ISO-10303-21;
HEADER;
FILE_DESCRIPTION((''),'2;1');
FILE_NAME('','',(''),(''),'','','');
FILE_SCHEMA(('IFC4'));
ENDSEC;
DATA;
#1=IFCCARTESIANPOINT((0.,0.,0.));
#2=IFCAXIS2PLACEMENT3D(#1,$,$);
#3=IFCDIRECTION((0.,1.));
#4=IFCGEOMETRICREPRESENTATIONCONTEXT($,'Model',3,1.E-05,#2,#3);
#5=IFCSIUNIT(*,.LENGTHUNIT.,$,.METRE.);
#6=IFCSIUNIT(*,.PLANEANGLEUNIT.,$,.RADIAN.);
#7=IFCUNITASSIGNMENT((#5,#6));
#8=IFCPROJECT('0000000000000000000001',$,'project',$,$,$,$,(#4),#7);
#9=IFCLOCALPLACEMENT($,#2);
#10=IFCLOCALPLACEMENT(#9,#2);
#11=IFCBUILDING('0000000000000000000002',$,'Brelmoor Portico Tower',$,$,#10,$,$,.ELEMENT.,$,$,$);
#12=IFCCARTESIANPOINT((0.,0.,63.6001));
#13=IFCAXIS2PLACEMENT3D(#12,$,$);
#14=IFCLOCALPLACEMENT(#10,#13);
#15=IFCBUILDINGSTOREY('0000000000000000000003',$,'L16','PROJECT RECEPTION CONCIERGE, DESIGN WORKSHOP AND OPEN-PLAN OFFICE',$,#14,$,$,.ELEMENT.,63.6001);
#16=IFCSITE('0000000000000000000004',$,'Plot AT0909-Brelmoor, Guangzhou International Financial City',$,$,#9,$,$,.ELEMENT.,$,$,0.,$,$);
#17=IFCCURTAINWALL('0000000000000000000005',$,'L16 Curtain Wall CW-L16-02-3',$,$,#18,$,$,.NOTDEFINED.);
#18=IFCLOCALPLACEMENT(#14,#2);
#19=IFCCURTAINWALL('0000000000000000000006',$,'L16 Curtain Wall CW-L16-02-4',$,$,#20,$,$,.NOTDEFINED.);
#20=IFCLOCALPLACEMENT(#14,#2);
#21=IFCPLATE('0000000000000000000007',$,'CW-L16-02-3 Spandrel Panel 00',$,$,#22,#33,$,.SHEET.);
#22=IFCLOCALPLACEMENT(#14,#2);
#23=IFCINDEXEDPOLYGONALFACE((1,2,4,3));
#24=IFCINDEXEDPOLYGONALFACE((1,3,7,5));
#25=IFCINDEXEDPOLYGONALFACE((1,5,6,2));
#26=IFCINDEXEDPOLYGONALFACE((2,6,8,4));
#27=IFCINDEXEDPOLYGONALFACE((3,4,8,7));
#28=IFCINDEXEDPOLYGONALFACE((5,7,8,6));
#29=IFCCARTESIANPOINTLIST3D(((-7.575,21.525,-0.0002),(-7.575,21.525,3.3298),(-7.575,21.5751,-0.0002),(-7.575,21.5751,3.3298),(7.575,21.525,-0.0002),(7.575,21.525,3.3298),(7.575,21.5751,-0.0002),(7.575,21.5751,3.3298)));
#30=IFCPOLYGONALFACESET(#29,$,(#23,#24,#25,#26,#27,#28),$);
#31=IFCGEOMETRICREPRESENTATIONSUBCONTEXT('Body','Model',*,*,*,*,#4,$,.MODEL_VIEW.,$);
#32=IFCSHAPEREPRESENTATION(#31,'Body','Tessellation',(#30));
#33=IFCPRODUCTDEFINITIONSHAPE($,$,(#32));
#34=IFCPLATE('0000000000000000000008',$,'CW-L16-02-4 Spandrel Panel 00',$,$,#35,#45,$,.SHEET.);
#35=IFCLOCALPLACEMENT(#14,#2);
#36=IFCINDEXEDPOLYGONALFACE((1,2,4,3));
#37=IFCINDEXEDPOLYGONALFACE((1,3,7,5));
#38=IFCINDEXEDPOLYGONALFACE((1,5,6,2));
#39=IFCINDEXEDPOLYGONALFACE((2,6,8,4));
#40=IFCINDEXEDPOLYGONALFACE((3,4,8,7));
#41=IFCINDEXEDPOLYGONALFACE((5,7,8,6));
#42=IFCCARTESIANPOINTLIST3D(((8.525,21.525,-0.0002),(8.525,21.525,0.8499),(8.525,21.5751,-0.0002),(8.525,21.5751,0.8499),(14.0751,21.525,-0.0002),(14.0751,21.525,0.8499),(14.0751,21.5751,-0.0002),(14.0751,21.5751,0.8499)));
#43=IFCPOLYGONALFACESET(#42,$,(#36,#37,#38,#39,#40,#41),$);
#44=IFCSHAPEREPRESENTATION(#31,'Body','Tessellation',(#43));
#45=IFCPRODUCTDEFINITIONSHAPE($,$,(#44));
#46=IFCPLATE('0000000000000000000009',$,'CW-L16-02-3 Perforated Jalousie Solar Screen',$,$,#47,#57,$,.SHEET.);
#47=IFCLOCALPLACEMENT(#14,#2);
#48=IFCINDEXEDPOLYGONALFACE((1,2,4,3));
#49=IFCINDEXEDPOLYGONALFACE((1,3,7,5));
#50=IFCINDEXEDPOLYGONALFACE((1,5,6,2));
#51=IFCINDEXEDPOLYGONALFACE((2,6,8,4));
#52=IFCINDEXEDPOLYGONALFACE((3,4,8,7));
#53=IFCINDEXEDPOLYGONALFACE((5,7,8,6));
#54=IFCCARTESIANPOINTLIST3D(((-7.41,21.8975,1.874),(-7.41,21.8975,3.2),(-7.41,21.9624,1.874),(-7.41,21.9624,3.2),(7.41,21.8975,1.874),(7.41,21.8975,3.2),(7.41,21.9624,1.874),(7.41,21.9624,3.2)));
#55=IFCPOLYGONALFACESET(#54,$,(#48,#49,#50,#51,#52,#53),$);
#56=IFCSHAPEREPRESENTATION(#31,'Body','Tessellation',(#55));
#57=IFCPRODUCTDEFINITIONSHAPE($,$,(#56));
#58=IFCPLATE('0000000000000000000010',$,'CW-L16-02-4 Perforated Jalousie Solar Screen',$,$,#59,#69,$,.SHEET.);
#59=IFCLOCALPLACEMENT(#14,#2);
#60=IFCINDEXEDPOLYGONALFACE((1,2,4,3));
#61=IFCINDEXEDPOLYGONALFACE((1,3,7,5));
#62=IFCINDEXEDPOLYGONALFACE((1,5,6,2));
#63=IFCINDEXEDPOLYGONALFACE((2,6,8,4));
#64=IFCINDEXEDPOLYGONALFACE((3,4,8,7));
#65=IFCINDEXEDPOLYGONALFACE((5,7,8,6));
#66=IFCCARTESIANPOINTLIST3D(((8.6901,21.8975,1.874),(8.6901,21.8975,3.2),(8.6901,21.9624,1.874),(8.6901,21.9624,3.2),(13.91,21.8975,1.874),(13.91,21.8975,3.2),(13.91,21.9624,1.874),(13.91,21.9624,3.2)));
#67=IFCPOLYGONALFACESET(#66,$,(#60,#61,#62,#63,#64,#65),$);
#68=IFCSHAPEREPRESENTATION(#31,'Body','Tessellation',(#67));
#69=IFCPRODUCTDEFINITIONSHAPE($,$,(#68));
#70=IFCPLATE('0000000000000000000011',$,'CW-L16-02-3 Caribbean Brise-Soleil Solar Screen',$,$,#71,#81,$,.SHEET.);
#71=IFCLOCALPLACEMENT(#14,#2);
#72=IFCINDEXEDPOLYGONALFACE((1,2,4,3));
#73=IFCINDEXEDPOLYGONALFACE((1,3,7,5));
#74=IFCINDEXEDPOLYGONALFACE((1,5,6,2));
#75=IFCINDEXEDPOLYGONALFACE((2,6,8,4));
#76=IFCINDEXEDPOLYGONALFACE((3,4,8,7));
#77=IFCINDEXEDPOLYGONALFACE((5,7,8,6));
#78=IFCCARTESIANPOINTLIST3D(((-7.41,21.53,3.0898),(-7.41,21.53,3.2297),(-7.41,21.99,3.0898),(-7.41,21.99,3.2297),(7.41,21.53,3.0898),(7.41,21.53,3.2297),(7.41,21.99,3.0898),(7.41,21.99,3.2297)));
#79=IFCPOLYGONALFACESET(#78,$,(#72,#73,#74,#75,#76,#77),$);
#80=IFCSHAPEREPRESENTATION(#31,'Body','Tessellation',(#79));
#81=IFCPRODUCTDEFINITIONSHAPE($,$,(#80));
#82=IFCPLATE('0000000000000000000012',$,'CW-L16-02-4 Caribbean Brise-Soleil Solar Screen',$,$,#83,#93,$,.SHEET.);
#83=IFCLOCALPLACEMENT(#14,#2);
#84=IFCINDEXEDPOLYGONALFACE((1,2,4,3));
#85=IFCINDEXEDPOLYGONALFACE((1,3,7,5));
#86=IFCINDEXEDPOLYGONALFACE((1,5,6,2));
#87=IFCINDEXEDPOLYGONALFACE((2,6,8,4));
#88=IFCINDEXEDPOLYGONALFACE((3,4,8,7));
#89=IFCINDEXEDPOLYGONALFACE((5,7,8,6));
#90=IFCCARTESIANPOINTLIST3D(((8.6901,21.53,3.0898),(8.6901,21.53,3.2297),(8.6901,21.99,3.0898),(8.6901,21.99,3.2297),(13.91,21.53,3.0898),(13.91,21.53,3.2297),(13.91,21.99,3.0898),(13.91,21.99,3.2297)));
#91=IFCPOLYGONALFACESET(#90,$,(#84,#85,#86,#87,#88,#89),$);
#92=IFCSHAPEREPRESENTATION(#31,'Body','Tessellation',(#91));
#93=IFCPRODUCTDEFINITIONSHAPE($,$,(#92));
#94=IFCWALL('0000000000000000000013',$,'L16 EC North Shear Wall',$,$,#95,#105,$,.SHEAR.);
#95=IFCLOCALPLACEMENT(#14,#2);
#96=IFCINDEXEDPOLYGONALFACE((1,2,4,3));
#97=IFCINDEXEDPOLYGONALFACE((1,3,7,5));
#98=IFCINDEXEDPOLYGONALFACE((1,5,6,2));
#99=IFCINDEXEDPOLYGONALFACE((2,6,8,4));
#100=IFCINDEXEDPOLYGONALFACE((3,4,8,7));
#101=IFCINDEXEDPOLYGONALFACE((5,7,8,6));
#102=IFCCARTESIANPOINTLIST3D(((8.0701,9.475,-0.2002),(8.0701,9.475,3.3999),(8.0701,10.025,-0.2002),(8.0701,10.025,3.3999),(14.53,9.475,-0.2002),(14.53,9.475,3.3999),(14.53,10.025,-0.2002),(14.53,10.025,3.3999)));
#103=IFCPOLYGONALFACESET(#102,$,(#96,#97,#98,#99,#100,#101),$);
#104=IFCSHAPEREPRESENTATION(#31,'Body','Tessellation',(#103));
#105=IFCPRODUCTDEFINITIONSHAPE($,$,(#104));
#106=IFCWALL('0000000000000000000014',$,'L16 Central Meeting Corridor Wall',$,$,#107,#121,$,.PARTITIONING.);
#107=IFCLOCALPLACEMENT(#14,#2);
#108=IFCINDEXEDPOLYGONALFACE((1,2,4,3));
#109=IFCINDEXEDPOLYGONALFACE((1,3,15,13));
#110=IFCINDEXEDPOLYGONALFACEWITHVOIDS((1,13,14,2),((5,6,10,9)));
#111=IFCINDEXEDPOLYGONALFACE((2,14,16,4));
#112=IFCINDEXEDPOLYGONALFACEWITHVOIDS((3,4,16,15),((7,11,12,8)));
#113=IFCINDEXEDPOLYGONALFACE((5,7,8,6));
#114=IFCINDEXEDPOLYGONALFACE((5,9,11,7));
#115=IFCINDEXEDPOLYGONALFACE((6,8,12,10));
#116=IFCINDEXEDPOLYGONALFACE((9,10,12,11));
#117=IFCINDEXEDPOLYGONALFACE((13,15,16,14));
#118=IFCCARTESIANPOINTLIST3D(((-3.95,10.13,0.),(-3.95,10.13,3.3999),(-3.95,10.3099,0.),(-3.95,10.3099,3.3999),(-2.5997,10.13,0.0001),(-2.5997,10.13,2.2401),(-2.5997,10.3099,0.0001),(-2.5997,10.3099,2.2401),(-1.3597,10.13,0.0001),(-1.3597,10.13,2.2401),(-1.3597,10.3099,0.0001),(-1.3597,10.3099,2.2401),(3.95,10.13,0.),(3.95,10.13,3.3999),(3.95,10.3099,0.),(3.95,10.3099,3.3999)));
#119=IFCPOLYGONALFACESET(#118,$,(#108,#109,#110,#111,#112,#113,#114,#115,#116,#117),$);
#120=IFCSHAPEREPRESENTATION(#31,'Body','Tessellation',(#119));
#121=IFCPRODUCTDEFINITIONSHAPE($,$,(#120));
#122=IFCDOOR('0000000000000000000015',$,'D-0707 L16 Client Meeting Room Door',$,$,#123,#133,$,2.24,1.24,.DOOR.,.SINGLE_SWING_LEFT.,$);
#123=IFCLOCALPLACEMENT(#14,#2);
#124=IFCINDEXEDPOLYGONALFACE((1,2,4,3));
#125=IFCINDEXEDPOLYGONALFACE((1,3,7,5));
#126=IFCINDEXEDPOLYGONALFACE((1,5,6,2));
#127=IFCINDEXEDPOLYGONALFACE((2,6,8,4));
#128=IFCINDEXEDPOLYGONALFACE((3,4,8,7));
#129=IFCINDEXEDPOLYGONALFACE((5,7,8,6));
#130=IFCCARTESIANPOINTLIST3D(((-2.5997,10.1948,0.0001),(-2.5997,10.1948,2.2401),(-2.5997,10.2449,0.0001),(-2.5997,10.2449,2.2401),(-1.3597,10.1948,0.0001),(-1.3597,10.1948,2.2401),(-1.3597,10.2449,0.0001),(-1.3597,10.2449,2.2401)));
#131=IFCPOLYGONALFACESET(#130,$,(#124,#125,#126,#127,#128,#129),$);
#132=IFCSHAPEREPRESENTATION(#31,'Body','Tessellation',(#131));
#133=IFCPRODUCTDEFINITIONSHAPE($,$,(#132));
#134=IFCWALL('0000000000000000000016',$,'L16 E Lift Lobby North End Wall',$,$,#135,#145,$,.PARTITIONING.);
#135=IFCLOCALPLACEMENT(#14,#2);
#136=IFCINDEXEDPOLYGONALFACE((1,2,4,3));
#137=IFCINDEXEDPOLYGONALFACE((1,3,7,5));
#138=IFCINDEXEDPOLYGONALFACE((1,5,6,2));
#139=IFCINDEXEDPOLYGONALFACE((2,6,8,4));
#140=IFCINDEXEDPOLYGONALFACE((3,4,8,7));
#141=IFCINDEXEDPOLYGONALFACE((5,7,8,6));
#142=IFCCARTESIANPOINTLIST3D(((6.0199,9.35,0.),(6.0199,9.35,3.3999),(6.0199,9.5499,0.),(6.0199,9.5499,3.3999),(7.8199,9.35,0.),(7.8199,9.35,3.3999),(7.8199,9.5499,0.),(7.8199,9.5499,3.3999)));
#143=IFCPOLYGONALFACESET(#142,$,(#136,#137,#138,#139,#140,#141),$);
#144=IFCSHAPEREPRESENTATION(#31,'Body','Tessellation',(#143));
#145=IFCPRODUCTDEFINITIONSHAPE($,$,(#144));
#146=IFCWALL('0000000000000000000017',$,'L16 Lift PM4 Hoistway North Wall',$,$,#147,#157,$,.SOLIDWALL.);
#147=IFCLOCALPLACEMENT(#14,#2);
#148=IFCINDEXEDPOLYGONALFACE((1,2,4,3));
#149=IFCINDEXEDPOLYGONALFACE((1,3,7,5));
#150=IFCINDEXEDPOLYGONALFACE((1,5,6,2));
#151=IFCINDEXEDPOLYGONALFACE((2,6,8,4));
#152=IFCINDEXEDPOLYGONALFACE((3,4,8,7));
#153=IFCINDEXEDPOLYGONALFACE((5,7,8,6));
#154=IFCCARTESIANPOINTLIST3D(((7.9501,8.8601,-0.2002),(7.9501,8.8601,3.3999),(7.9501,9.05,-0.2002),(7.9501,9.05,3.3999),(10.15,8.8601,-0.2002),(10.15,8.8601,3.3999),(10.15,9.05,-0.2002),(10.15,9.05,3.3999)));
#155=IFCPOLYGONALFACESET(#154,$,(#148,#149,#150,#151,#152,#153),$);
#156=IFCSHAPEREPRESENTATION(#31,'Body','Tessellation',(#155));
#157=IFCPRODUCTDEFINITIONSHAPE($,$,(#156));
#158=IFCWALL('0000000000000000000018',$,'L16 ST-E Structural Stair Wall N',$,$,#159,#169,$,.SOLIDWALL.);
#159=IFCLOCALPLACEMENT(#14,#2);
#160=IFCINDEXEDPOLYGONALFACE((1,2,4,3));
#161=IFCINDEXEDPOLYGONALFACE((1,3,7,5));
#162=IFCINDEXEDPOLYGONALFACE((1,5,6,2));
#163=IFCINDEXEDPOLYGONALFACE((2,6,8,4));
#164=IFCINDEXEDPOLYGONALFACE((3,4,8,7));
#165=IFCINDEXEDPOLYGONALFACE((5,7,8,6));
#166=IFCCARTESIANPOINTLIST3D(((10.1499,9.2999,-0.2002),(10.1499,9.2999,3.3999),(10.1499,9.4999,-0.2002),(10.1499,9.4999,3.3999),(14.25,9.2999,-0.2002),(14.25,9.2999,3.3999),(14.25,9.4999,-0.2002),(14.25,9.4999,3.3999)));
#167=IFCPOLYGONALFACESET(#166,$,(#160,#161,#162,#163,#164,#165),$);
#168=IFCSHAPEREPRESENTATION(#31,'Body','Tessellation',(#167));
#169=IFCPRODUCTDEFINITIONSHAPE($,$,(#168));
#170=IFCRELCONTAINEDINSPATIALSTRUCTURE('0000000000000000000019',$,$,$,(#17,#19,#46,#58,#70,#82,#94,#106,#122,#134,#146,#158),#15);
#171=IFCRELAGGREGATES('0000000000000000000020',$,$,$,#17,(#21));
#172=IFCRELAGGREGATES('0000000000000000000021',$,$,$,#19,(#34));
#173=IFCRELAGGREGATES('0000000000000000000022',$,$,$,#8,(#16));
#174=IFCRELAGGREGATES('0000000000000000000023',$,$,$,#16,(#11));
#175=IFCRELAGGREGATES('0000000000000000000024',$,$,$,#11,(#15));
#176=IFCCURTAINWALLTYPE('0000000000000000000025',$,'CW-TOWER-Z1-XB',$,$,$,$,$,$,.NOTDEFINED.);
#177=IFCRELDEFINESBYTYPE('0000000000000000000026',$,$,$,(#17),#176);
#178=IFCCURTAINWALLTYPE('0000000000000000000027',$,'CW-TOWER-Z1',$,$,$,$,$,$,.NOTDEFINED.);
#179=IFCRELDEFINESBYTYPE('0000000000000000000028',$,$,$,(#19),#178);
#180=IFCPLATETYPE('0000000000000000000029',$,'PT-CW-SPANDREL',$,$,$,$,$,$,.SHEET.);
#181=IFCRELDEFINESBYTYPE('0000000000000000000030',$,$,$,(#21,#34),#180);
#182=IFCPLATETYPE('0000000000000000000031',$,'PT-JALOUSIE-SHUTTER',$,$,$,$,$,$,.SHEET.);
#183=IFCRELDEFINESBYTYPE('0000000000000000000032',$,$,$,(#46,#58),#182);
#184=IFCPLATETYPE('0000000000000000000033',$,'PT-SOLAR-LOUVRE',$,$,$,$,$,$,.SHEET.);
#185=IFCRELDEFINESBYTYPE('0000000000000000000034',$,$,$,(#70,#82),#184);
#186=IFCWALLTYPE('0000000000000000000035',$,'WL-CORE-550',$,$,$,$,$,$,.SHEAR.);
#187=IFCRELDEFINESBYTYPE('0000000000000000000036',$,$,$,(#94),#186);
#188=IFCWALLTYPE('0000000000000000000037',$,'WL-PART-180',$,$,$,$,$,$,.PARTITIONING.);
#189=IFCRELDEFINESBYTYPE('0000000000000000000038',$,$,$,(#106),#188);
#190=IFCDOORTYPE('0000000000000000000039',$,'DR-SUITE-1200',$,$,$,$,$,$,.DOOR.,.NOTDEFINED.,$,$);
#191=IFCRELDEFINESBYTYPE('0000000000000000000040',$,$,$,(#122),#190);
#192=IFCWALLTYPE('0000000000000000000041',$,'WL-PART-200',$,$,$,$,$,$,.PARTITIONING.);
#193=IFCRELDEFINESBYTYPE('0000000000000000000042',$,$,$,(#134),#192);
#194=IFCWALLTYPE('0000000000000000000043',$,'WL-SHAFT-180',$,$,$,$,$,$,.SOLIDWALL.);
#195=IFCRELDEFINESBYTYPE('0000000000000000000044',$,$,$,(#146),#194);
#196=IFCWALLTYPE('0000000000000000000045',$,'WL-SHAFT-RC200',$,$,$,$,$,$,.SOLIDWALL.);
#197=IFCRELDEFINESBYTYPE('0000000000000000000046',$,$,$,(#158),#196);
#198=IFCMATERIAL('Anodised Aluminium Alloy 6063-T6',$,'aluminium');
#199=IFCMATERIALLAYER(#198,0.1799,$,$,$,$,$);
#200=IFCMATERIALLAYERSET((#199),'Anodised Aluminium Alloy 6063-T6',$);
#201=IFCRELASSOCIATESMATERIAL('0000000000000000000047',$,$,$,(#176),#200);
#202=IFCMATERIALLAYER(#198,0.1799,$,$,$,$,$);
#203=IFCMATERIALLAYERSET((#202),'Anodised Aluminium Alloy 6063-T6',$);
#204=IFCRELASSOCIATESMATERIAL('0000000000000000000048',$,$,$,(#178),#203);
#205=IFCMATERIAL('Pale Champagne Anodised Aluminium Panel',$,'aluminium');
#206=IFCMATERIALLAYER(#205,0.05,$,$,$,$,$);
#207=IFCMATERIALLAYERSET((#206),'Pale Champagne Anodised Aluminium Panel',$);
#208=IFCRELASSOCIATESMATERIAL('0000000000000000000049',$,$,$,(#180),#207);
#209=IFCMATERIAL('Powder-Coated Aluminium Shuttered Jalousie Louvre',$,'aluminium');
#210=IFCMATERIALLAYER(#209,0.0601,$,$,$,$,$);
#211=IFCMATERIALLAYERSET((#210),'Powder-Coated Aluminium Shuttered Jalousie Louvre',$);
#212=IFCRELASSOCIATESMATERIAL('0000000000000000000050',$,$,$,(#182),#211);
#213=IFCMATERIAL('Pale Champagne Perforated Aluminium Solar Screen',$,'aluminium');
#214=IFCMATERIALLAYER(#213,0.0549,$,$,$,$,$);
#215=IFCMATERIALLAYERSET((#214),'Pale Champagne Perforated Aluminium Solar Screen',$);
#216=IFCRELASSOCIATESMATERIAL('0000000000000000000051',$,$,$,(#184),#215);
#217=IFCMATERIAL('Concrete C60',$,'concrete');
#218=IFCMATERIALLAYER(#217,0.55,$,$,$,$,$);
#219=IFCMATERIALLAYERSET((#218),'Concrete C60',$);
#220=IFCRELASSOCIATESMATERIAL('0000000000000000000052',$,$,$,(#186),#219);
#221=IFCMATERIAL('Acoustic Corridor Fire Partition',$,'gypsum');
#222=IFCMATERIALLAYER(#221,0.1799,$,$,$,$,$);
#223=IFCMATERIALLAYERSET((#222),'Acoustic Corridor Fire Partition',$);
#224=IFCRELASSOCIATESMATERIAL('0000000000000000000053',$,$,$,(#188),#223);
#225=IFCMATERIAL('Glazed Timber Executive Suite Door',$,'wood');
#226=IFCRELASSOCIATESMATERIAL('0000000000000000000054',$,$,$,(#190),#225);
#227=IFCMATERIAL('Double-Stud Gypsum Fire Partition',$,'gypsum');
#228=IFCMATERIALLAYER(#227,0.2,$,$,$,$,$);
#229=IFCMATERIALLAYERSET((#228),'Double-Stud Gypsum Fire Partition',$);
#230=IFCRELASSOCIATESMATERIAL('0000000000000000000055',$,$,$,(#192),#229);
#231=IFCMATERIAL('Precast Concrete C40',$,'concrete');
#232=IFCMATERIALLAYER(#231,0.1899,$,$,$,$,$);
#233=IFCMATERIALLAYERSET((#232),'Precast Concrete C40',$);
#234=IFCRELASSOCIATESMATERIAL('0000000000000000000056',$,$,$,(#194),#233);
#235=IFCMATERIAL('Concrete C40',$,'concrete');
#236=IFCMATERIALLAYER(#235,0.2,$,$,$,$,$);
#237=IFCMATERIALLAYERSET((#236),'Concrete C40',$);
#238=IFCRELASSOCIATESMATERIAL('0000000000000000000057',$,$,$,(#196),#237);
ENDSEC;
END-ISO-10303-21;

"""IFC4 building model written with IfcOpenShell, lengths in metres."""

from ifc_helpers import new_model, si_unit, direction, frame, frame_2d, origin, origin_2d, place, context, subcontext, project, spatial, rectangle, extrude, material, layer, layer_set, type_object, element, fill, aggregate, save


model = new_model("IFC4")

# Units and contexts
model_context = context("Model", 3, precision=1e-05, world=origin(), true_north=direction((0.0, 1.0)))
body_context = subcontext(model_context, "Body", "Model", "MODEL_VIEW")
ifc_project = project(units=[si_unit("LENGTHUNIT", "METRE"), si_unit("PLANEANGLEUNIT", "RADIAN")], contexts=[model_context])

# Site, building, storey
site_placement = place(None, origin())
site = spatial("IfcSite", under=ifc_project, at=site_placement, Name="Plot AT0909-Brelmoor, Guangzhou International Financial City", CompositionType="ELEMENT", RefElevation=0.0)
building_placement = place(site_placement, origin())
building = spatial("IfcBuilding", under=site, at=building_placement, Name="Brelmoor Portico Tower", CompositionType="ELEMENT")
storey_placement = place(building_placement, frame((0.0, 0.0, 63.6001)))
storey = spatial("IfcBuildingStorey", under=building, at=storey_placement, Name="L16", Description="PROJECT RECEPTION CONCIERGE, DESIGN WORKSHOP AND OPEN-PLAN OFFICE", CompositionType="ELEMENT", Elevation=63.6001)

# Curtain wall
ifc_material_1 = material(Name="Anodised Aluminium Alloy 6063-T6", Category="aluminium")
ifc_layer_1 = layer(ifc_material_1, 0.1799)
ifc_layer_set_1 = layer_set([ifc_layer_1], Name="Anodised Aluminium Alloy 6063-T6")
curtain_wall_type_1 = type_object("IfcCurtainWallType", Name="CW-TOWER-Z1-XB", PredefinedType="NOTDEFINED", material=ifc_layer_set_1)
curtain_wall_1_placement = place(storey_placement, origin())
curtain_wall_1 = element("IfcCurtainWall", 1, at=curtain_wall_1_placement, inside=storey, type_object=curtain_wall_type_1, Name="L16 Curtain Wall CW-L16-02-3", PredefinedType="NOTDEFINED")

# Curtain wall
ifc_layer_2 = layer(ifc_material_1, 0.1799)
ifc_layer_set_2 = layer_set([ifc_layer_2], Name="Anodised Aluminium Alloy 6063-T6")
curtain_wall_type_2 = type_object("IfcCurtainWallType", Name="CW-TOWER-Z1", PredefinedType="NOTDEFINED", material=ifc_layer_set_2)
curtain_wall_2_placement = place(storey_placement, origin())
curtain_wall_2 = element("IfcCurtainWall", 2, at=curtain_wall_2_placement, inside=storey, type_object=curtain_wall_type_2, Name="L16 Curtain Wall CW-L16-02-4", PredefinedType="NOTDEFINED")

# Plates
ifc_material_2 = material(Name="Pale Champagne Anodised Aluminium Panel", Category="aluminium")
ifc_layer_3 = layer(ifc_material_2, 0.05)
ifc_layer_set_3 = layer_set([ifc_layer_3], Name="Pale Champagne Anodised Aluminium Panel")
plate_type_1 = type_object("IfcPlateType", Name="PT-CW-SPANDREL", PredefinedType="SHEET", material=ifc_layer_set_3)
plate_1_placement = place(storey_placement, frame((0.0, 21.55, -0.0002), z_axis=(0.0, 0.0, 1.0), x_axis=(1.0, 0.0, 0.0)))
plate_1 = element("IfcPlate", 3, at=plate_1_placement, type_object=plate_type_1, Name="CW-L16-02-3 Spandrel Panel 00", PredefinedType="SHEET", context=body_context, shape_type="SweptSolid", body=[
    extrude(rectangle(XDim=15.1499, YDim=0.05, at=origin_2d()), origin(), (0.0, 0.0, 1.0), 3.3301),
])
aggregate(curtain_wall_1, [plate_1])
plate_2_placement = place(storey_placement, frame((11.3, 21.55, -0.0002), z_axis=(0.0, 0.0, 1.0), x_axis=(1.0, 0.0, 0.0)))
plate_2 = element("IfcPlate", 4, at=plate_2_placement, type_object=plate_type_1, Name="CW-L16-02-4 Spandrel Panel 00", PredefinedType="SHEET", context=body_context, shape_type="SweptSolid", body=[
    extrude(rectangle(XDim=5.55, YDim=0.05, at=origin_2d()), origin(), (0.0, 0.0, 1.0), 0.8501),
])
aggregate(curtain_wall_2, [plate_2])

# Plates
ifc_material_3 = material(Name="Powder-Coated Aluminium Shuttered Jalousie Louvre", Category="aluminium")
ifc_layer_4 = layer(ifc_material_3, 0.0601)
ifc_layer_set_4 = layer_set([ifc_layer_4], Name="Powder-Coated Aluminium Shuttered Jalousie Louvre")
plate_type_2 = type_object("IfcPlateType", Name="PT-JALOUSIE-SHUTTER", PredefinedType="SHEET", material=ifc_layer_set_4)
plate_3_placement = place(storey_placement, frame((0.0, 21.9299, 1.874), z_axis=(0.0, 0.0, 1.0), x_axis=(1.0, 0.0, 0.0)))
element("IfcPlate", 5, at=plate_3_placement, inside=storey, type_object=plate_type_2, Name="CW-L16-02-3 Perforated Jalousie Solar Screen", PredefinedType="SHEET", context=body_context, shape_type="SweptSolid", body=[
    extrude(rectangle(XDim=14.8201, YDim=0.0649, at=origin_2d()), origin(), (0.0, 0.0, 1.0), 1.3259),
])
plate_4_placement = place(storey_placement, frame((11.3, 21.9299, 1.874), z_axis=(0.0, 0.0, 1.0), x_axis=(1.0, 0.0, 0.0)))
element("IfcPlate", 6, at=plate_4_placement, inside=storey, type_object=plate_type_2, Name="CW-L16-02-4 Perforated Jalousie Solar Screen", PredefinedType="SHEET", context=body_context, shape_type="SweptSolid", body=[
    extrude(rectangle(XDim=5.22, YDim=0.0649, at=origin_2d()), origin(), (0.0, 0.0, 1.0), 1.3259),
])
ifc_material_4 = material(Name="Pale Champagne Perforated Aluminium Solar Screen", Category="aluminium")
ifc_layer_5 = layer(ifc_material_4, 0.0549)
ifc_layer_set_5 = layer_set([ifc_layer_5], Name="Pale Champagne Perforated Aluminium Solar Screen")
plate_type_3 = type_object("IfcPlateType", Name="PT-SOLAR-LOUVRE", PredefinedType="SHEET", material=ifc_layer_set_5)
plate_5_placement = place(storey_placement, frame((0.0, 21.76, 3.0898), z_axis=(0.0, 0.0, 1.0), x_axis=(1.0, 0.0, 0.0)))
element("IfcPlate", 7, at=plate_5_placement, inside=storey, type_object=plate_type_3, Name="CW-L16-02-3 Caribbean Brise-Soleil Solar Screen", PredefinedType="SHEET", context=body_context, shape_type="SweptSolid", body=[
    extrude(rectangle(XDim=14.8201, YDim=0.46, at=origin_2d()), origin(), (0.0, 0.0, 1.0), 0.1399),
])
plate_6_placement = place(storey_placement, frame((11.3, 21.76, 3.0898), z_axis=(0.0, 0.0, 1.0), x_axis=(1.0, 0.0, 0.0)))
element("IfcPlate", 8, at=plate_6_placement, inside=storey, type_object=plate_type_3, Name="CW-L16-02-4 Caribbean Brise-Soleil Solar Screen", PredefinedType="SHEET", context=body_context, shape_type="SweptSolid", body=[
    extrude(rectangle(XDim=5.22, YDim=0.46, at=origin_2d()), origin(), (0.0, 0.0, 1.0), 0.1399),
])

# Wall
ifc_material_5 = material(Name="Concrete C60", Category="concrete")
ifc_layer_6 = layer(ifc_material_5, 0.55)
ifc_layer_set_6 = layer_set([ifc_layer_6], Name="Concrete C60")
wall_type_1 = type_object("IfcWallType", Name="WL-CORE-550", PredefinedType="SHEAR", material=ifc_layer_set_6)
wall_1_placement = place(storey_placement, frame((8.0701, 9.75, -0.2002), z_axis=(0.0, 0.0, 1.0), x_axis=(1.0, 0.0, 0.0)))
element("IfcWall", 9, at=wall_1_placement, inside=storey, type_object=wall_type_1, Name="L16 EC North Shear Wall", PredefinedType="SHEAR", context=body_context, shape_type="SweptSolid", body=[
    extrude(rectangle(XDim=6.46, YDim=0.55, at=frame_2d((3.23, 0.0))), origin(), (0.0, 0.0, 1.0), 3.6001),
])

# Wall, opening, door
ifc_material_6 = material(Name="Acoustic Corridor Fire Partition", Category="gypsum")
ifc_layer_7 = layer(ifc_material_6, 0.1799)
ifc_layer_set_7 = layer_set([ifc_layer_7], Name="Acoustic Corridor Fire Partition")
wall_type_2 = type_object("IfcWallType", Name="WL-PART-180", PredefinedType="PARTITIONING", material=ifc_layer_set_7)
wall_2_placement = place(storey_placement, frame((-3.95, 10.22, 0.0), z_axis=(0.0, 0.0, 1.0), x_axis=(1.0, 0.0, 0.0)))
wall_2 = element("IfcWall", 10, at=wall_2_placement, inside=storey, type_object=wall_type_2, Name="L16 Central Meeting Corridor Wall", PredefinedType="PARTITIONING", context=body_context, shape_type="SweptSolid", body=[
    extrude(rectangle(XDim=7.8999, YDim=0.1799, at=frame_2d((3.95, 0.0))), origin(), (0.0, 0.0, 1.0), 3.3999),
])
opening_placement = place(wall_2_placement, frame((1.3501, 0.0, 0.0)))
opening = element("IfcOpeningElement", 11, at=opening_placement, cuts=wall_2, PredefinedType="OPENING", context=body_context, shape_type="SweptSolid", body=[
    extrude(rectangle(XDim=1.24, YDim=2.24, at=frame_2d((0.6201, 1.1201))), frame((0.0, 0.0999, 0.0), z_axis=(0.0, -1.0, 0.0), x_axis=(1.0, 0.0, 0.0)), (0.0, 0.0, 1.0), 0.2),
])
ifc_material_7 = material(Name="Glazed Timber Executive Suite Door", Category="wood")
door_type = type_object("IfcDoorType", Name="DR-SUITE-1200", OperationType="NOTDEFINED", PredefinedType="DOOR", material=ifc_material_7)
door_placement = place(opening_placement, origin())
door = element("IfcDoor", 12, at=door_placement, inside=storey, type_object=door_type, Name="D-0707 L16 Client Meeting Room Door", OperationType="SINGLE_SWING_LEFT", OverallHeight=2.24, OverallWidth=1.24, PredefinedType="DOOR", context=body_context, shape_type="SweptSolid", body=[
    extrude(rectangle(XDim=1.24, YDim=2.24, at=frame_2d((0.6201, 1.1201))), frame((0.0, 0.0249, 0.0), z_axis=(0.0, -1.0, 0.0), x_axis=(1.0, 0.0, 0.0)), (0.0, 0.0, 1.0), 0.05),
])
fill(opening, door)

# Walls
ifc_material_8 = material(Name="Double-Stud Gypsum Fire Partition", Category="gypsum")
ifc_layer_8 = layer(ifc_material_8, 0.2)
ifc_layer_set_8 = layer_set([ifc_layer_8], Name="Double-Stud Gypsum Fire Partition")
wall_type_3 = type_object("IfcWallType", Name="WL-PART-200", PredefinedType="PARTITIONING", material=ifc_layer_set_8)
wall_3_placement = place(storey_placement, frame((6.02, 9.45, 0.0), z_axis=(0.0, 0.0, 1.0), x_axis=(1.0, 0.0, 0.0)))
element("IfcWall", 13, at=wall_3_placement, inside=storey, type_object=wall_type_3, Name="L16 E Lift Lobby North End Wall", PredefinedType="PARTITIONING", context=body_context, shape_type="SweptSolid", body=[
    extrude(rectangle(XDim=1.8, YDim=0.2, at=frame_2d((0.8999, 0.0))), origin(), (0.0, 0.0, 1.0), 3.3999),
])
ifc_material_9 = material(Name="Precast Concrete C40", Category="concrete")
ifc_layer_9 = layer(ifc_material_9, 0.1899)
ifc_layer_set_9 = layer_set([ifc_layer_9], Name="Precast Concrete C40")
wall_type_4 = type_object("IfcWallType", Name="WL-SHAFT-180", PredefinedType="SOLIDWALL", material=ifc_layer_set_9)
wall_4_placement = place(storey_placement, frame((7.95, 8.9551, -0.2002), z_axis=(0.0, 0.0, 1.0), x_axis=(1.0, 0.0, 0.0)))
element("IfcWall", 14, at=wall_4_placement, inside=storey, type_object=wall_type_4, Name="L16 Lift PM4 Hoistway North Wall", PredefinedType="SOLIDWALL", context=body_context, shape_type="SweptSolid", body=[
    extrude(rectangle(XDim=2.2, YDim=0.1899, at=frame_2d((1.1001, 0.0))), origin(), (0.0, 0.0, 1.0), 3.6001),
])
ifc_material_10 = material(Name="Concrete C40", Category="concrete")
ifc_layer_10 = layer(ifc_material_10, 0.2)
ifc_layer_set_10 = layer_set([ifc_layer_10], Name="Concrete C40")
wall_type_5 = type_object("IfcWallType", Name="WL-SHAFT-RC200", PredefinedType="SOLIDWALL", material=ifc_layer_set_10)
wall_5_placement = place(storey_placement, frame((10.1499, 9.3999, -0.2002), z_axis=(0.0, 0.0, 1.0), x_axis=(1.0, 0.0, 0.0)))
element("IfcWall", 15, at=wall_5_placement, inside=storey, type_object=wall_type_5, Name="L16 ST-E Structural Stair Wall N", PredefinedType="SOLIDWALL", context=body_context, shape_type="SweptSolid", body=[
    extrude(rectangle(XDim=4.1001, YDim=0.2, at=frame_2d((2.05, 0.0))), origin(), (0.0, 0.0, 1.0), 3.6001),
])

save(model, "model.ifc")
